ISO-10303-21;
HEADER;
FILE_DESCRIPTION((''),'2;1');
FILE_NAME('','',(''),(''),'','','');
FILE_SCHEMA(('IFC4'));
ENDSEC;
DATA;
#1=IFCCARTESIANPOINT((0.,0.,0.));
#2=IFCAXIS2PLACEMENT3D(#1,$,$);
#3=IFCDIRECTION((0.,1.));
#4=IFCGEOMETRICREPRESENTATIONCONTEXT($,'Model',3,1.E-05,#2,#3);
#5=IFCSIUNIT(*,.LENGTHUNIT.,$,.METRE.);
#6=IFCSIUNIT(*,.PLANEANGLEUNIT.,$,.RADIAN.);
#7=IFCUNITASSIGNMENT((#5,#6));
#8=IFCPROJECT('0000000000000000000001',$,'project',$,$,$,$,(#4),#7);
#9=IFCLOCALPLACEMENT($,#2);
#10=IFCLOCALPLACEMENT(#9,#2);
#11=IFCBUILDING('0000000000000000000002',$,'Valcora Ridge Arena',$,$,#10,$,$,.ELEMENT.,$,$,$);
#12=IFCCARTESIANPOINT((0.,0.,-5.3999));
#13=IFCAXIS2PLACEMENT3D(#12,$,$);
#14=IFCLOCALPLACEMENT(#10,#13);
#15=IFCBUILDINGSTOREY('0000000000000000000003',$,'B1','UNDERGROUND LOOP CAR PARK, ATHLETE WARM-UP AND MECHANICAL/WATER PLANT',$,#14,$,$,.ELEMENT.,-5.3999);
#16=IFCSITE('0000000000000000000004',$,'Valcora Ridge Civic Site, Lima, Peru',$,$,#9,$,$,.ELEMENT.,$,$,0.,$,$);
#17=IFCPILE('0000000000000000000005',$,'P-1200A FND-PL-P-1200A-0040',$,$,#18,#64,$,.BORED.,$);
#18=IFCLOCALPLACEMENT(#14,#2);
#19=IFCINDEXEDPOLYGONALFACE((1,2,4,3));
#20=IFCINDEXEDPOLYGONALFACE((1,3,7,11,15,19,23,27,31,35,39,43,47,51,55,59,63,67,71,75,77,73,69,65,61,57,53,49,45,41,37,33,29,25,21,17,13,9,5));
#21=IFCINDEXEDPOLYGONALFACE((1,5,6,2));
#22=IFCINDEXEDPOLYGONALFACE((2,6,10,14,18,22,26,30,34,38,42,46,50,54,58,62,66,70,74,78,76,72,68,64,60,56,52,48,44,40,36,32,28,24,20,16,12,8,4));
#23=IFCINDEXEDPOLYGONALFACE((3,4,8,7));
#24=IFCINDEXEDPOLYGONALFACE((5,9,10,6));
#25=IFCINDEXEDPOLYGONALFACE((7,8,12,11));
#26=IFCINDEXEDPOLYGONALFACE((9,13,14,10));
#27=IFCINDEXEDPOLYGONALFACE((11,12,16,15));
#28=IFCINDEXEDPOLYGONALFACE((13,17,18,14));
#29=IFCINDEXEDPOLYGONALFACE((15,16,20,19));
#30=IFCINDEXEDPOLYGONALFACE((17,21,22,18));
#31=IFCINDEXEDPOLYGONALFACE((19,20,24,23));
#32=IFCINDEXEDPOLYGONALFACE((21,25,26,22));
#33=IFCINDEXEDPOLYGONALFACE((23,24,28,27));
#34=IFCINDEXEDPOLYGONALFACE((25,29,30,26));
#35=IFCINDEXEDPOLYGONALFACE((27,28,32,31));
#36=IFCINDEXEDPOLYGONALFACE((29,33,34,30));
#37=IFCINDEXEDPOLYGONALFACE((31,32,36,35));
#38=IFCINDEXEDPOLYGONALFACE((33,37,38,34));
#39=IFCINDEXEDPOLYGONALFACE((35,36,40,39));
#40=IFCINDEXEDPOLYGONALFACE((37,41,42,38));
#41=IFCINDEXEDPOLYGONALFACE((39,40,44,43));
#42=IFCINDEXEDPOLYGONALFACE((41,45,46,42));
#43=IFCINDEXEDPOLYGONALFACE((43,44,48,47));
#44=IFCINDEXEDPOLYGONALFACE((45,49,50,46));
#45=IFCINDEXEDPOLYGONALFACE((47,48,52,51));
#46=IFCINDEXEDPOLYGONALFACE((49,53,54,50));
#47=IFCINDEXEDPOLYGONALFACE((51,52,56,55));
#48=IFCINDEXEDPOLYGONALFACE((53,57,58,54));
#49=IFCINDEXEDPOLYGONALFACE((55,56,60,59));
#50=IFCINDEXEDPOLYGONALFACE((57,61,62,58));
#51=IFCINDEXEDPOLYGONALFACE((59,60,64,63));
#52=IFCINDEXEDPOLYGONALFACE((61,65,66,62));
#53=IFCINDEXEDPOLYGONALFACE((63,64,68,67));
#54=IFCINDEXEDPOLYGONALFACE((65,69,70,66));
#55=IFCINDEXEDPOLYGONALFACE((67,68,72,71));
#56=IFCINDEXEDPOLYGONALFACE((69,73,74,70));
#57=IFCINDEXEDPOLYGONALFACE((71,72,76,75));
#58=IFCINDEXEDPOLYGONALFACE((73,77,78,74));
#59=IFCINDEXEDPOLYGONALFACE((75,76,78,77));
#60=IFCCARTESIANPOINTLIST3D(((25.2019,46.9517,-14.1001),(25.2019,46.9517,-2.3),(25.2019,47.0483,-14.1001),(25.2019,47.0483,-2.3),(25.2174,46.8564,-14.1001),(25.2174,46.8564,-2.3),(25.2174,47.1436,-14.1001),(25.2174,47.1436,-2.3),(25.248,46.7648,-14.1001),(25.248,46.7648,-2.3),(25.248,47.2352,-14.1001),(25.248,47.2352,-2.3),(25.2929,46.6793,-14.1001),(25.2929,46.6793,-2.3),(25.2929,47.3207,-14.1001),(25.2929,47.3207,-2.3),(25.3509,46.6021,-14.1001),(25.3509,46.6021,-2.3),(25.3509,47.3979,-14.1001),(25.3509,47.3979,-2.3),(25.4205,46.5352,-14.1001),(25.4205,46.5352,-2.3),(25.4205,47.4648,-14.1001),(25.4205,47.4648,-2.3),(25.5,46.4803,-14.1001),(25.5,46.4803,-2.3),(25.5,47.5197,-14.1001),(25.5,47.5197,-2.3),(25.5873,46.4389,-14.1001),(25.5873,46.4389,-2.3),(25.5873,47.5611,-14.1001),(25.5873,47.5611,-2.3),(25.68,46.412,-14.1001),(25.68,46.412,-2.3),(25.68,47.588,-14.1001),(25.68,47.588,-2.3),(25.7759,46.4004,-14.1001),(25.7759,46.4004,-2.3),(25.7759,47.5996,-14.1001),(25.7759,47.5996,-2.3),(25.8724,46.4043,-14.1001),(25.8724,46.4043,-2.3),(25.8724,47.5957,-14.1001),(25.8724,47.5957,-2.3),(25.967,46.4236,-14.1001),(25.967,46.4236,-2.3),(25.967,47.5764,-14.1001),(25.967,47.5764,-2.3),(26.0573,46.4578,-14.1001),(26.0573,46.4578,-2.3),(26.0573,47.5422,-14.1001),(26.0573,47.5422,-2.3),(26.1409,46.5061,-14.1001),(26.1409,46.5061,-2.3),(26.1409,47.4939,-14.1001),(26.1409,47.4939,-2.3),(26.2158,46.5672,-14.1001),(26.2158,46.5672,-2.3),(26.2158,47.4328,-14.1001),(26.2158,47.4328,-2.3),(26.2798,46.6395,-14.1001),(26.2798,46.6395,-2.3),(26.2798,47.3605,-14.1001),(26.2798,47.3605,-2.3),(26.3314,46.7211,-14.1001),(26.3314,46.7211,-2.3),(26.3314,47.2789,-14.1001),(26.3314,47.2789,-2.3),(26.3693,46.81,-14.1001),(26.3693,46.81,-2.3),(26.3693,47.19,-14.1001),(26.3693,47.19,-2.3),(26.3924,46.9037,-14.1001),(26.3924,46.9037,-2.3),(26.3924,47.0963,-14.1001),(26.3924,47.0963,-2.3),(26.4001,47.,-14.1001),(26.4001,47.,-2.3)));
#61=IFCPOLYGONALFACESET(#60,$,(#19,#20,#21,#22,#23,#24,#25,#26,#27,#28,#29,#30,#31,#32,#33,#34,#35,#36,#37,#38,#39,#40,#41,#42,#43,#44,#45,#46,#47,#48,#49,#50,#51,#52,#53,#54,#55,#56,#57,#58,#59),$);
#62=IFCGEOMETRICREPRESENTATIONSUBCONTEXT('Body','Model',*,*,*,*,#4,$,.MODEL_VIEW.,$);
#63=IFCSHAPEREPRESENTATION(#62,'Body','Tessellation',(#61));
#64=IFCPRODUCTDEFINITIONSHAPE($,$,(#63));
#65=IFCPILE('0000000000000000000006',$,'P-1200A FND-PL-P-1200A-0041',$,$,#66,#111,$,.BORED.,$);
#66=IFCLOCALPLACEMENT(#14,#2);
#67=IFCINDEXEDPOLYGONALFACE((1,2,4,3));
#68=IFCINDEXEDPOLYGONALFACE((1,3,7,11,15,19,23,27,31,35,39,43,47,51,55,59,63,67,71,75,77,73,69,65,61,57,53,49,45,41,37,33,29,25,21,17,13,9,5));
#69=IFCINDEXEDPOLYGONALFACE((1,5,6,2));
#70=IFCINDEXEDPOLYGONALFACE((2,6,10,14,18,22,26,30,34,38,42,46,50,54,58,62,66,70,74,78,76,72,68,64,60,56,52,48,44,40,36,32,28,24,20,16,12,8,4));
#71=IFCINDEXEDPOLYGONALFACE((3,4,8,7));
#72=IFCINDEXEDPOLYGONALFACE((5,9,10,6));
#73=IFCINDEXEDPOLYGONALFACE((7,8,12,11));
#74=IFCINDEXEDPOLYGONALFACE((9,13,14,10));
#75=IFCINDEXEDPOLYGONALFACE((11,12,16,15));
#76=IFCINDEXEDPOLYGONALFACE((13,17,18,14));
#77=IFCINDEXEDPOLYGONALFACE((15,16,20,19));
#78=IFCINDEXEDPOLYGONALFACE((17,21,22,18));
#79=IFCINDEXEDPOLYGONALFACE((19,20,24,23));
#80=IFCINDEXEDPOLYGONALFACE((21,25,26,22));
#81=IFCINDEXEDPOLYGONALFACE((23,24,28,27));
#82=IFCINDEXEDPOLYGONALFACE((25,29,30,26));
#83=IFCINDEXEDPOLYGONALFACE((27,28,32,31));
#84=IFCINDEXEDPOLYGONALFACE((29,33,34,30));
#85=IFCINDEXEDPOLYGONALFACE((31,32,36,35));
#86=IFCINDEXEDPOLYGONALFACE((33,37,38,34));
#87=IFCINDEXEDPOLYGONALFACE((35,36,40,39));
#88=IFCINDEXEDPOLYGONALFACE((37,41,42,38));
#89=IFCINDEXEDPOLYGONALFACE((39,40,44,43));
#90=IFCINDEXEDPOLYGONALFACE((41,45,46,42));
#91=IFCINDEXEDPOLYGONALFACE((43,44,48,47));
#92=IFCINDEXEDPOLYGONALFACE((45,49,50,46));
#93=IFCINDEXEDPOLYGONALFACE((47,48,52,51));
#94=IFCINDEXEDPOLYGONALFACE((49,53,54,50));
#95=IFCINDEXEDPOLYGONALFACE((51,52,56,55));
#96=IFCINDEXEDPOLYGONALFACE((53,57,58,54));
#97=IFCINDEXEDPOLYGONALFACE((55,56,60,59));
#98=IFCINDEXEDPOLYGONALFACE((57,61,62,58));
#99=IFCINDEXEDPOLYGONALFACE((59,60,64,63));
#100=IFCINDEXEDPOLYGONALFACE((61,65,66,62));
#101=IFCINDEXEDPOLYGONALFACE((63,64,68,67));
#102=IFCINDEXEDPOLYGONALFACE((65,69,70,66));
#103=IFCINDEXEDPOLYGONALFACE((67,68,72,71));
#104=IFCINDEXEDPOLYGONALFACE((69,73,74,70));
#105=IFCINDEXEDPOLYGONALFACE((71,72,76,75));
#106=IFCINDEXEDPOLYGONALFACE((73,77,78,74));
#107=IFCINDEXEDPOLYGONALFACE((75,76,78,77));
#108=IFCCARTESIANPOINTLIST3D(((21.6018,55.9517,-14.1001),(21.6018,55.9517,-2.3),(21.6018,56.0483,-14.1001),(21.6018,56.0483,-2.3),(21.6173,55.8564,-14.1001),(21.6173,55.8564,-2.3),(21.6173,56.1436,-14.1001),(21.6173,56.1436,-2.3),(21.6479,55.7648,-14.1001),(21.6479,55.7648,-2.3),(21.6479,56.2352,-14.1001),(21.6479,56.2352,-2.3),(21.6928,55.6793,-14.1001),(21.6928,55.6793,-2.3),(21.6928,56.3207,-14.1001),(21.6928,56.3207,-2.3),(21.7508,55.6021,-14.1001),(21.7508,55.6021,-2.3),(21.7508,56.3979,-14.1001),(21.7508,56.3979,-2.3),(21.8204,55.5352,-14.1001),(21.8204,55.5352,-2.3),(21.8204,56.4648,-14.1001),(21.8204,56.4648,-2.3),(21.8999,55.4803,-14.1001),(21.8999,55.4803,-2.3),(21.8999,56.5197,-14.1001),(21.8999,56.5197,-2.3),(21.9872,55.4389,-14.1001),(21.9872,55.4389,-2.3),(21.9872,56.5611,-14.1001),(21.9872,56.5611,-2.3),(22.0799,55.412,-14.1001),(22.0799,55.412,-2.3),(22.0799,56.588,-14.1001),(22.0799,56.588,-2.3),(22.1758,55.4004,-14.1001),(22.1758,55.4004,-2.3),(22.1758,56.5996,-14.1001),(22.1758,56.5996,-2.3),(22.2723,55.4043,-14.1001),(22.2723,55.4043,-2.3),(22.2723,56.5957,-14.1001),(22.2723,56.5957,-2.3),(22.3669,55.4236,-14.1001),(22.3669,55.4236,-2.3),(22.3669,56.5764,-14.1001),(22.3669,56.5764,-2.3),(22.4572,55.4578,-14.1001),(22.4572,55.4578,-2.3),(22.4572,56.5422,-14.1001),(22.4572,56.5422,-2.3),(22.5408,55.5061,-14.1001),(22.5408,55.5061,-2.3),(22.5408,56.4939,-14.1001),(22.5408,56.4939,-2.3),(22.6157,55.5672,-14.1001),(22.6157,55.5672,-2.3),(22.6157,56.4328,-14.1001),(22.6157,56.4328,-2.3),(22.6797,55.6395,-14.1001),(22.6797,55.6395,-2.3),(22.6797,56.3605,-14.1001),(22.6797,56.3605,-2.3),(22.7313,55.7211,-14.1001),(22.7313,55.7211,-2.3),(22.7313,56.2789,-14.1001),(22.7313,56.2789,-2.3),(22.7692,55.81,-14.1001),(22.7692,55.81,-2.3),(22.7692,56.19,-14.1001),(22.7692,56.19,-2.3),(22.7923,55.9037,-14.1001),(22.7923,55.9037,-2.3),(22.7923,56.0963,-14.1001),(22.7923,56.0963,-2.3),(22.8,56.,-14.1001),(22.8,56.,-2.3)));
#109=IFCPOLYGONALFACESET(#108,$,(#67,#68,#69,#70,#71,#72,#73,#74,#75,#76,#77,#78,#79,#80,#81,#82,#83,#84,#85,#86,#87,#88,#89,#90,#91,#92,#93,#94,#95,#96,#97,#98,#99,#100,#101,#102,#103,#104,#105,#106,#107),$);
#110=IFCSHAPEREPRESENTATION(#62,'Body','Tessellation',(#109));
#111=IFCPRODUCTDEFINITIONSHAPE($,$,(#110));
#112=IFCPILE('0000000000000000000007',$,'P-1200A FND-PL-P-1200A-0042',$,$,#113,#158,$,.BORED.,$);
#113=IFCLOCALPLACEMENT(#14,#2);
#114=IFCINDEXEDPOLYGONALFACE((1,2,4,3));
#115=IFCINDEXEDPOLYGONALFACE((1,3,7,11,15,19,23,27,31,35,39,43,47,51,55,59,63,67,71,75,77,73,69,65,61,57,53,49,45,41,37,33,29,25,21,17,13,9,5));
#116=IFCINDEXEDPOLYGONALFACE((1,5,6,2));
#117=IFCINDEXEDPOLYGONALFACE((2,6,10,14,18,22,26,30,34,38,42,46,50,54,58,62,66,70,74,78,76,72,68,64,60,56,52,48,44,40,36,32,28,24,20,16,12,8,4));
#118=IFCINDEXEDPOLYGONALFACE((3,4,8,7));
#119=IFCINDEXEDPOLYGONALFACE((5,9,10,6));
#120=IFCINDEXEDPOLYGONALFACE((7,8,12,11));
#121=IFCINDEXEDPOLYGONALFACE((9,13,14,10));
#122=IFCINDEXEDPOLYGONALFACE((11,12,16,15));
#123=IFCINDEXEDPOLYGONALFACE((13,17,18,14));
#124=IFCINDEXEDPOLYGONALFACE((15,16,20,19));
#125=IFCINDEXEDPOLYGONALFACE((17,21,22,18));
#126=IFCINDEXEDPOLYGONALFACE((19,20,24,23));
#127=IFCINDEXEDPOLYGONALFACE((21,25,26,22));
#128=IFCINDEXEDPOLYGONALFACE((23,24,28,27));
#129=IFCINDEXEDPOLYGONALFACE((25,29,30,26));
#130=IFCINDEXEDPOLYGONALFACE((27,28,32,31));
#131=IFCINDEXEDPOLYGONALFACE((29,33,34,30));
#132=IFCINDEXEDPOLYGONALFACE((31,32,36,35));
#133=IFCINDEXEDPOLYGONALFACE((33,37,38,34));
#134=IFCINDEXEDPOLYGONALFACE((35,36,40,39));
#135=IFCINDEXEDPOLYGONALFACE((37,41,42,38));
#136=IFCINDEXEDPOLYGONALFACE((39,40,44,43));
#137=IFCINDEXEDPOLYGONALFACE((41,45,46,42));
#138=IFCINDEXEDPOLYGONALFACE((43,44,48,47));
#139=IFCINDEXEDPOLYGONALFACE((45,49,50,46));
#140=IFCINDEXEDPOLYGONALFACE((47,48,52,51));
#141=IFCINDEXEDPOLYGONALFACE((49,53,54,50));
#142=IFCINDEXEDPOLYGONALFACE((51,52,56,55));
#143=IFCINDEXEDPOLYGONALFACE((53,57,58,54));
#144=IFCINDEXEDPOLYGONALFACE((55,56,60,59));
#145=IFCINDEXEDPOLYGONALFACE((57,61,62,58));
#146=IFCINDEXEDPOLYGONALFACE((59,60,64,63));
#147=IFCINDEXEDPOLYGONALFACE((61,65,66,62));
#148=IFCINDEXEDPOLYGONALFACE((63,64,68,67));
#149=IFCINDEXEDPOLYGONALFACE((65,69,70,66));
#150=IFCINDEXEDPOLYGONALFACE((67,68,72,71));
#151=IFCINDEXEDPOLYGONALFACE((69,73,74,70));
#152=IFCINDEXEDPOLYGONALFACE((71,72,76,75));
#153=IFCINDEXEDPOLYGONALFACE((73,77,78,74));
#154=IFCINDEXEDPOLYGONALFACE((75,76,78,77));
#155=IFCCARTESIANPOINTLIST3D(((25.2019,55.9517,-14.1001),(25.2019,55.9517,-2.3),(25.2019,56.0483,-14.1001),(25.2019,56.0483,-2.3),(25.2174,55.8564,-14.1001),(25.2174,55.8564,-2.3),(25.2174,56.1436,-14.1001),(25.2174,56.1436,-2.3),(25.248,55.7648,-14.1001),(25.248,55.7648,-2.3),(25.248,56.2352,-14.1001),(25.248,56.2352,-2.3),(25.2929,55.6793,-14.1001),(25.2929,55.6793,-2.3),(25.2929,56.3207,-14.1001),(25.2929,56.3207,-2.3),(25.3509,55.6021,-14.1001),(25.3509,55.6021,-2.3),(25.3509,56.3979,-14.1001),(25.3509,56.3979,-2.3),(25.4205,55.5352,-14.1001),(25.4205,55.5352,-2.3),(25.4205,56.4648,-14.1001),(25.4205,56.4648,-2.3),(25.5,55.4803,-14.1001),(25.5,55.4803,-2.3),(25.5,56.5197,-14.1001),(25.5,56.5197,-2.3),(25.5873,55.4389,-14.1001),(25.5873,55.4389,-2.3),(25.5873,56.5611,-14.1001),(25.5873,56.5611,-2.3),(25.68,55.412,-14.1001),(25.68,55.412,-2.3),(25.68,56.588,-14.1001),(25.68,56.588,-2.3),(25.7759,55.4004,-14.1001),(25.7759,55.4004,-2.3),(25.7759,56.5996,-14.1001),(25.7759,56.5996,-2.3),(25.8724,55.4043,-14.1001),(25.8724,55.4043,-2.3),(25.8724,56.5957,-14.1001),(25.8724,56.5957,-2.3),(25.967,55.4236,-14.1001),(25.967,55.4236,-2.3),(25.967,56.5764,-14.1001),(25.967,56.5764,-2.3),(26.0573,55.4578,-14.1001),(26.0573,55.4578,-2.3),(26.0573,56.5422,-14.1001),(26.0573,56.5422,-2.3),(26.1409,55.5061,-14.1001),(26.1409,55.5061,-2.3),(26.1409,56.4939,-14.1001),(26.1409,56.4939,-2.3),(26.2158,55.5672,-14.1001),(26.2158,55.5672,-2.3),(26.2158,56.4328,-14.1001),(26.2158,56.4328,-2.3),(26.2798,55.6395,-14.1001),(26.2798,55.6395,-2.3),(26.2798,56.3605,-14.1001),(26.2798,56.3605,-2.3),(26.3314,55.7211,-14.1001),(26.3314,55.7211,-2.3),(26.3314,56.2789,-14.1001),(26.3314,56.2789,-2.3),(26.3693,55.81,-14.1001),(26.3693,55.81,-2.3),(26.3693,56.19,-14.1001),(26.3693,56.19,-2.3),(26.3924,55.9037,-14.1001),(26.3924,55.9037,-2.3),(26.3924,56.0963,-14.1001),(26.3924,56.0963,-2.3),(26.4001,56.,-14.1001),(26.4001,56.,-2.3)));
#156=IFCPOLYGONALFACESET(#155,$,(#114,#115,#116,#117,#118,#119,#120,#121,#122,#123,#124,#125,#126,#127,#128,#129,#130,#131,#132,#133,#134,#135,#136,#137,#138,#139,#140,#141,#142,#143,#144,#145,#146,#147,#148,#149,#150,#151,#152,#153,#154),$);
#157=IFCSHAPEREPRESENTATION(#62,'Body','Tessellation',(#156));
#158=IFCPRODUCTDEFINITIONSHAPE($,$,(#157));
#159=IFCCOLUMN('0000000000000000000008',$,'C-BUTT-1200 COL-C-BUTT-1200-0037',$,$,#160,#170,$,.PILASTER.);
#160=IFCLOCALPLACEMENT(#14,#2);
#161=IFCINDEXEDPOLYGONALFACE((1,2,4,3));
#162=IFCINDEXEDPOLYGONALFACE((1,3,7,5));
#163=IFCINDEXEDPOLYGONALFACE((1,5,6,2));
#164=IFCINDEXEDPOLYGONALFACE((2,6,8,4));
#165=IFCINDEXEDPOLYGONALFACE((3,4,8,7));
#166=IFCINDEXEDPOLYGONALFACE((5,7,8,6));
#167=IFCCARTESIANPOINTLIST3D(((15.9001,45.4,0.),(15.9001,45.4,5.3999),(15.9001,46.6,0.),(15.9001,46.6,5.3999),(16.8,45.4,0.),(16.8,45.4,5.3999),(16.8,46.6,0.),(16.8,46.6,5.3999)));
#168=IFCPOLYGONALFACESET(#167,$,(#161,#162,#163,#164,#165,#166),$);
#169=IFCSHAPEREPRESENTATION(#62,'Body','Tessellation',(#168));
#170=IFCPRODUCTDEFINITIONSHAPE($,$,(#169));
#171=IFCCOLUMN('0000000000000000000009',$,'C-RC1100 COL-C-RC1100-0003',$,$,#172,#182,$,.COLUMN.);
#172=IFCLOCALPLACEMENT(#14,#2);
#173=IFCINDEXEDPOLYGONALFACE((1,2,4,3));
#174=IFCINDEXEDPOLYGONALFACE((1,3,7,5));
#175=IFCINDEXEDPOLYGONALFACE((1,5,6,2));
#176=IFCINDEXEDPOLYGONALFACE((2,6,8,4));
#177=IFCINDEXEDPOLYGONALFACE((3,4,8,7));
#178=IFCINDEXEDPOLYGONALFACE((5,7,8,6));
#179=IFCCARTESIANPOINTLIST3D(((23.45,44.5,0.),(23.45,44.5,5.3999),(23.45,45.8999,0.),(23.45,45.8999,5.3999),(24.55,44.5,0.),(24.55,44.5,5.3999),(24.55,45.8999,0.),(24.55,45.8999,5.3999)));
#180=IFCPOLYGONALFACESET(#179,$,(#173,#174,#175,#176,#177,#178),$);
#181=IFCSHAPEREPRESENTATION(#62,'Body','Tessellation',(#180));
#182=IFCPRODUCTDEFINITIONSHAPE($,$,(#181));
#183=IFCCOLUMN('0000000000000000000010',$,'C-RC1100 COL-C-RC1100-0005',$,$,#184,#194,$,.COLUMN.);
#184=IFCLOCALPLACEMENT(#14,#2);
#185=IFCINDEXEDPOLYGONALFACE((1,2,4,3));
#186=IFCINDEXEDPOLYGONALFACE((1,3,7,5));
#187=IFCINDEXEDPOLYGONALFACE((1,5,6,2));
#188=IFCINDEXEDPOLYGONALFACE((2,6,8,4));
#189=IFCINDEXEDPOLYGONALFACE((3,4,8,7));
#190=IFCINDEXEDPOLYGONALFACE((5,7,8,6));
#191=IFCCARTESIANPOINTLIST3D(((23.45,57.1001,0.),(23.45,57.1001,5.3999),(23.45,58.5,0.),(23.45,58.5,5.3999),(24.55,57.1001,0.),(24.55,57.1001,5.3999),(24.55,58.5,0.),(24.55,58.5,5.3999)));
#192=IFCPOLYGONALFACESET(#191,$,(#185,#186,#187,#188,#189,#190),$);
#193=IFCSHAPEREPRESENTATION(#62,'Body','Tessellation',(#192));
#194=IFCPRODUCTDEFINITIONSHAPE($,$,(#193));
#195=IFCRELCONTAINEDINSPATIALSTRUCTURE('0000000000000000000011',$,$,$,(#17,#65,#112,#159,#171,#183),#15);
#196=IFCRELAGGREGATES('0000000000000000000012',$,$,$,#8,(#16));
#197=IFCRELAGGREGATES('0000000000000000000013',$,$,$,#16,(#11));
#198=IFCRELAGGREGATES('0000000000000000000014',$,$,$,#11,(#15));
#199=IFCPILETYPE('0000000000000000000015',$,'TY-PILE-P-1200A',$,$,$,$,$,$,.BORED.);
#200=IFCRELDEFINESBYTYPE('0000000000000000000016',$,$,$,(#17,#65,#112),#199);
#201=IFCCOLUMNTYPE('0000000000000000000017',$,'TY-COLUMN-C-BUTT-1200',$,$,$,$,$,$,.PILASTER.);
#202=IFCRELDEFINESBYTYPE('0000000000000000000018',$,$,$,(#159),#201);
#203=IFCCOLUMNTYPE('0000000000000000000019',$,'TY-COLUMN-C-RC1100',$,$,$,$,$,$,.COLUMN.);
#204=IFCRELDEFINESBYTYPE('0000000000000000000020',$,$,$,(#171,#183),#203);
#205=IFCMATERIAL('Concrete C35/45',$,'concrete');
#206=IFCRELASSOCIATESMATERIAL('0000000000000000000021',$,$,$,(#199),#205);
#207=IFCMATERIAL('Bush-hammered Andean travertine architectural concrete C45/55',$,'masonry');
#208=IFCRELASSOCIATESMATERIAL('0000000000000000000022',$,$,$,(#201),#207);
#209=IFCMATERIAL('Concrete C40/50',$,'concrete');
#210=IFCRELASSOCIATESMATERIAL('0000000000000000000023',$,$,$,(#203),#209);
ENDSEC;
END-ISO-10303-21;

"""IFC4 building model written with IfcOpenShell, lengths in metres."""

from ifc_helpers import new_model, si_unit, direction, frame, origin, origin_2d, place, context, subcontext, project, spatial, rectangle, circle, extrude, material, material_profile, profile_set, type_object, element, save


model = new_model("IFC4")

# Units and contexts
model_context = context("Model", 3, precision=1e-05, world=origin(), true_north=direction((0.0, 1.0)))
body_context = subcontext(model_context, "Body", "Model", "MODEL_VIEW")
ifc_project = project(units=[si_unit("LENGTHUNIT", "METRE"), si_unit("PLANEANGLEUNIT", "RADIAN")], contexts=[model_context])

# Site, building, storey
site_placement = place(None, origin())
site = spatial("IfcSite", under=ifc_project, at=site_placement, Name="Valcora Ridge Civic Site, Lima, Peru", CompositionType="ELEMENT", RefElevation=0.0)
building_placement = place(site_placement, origin())
building = spatial("IfcBuilding", under=site, at=building_placement, Name="Valcora Ridge Arena", CompositionType="ELEMENT")
storey_placement = place(building_placement, frame((0.0, 0.0, -5.3999)))
storey = spatial("IfcBuildingStorey", under=building, at=storey_placement, Name="B1", Description="UNDERGROUND LOOP CAR PARK, ATHLETE WARM-UP AND MECHANICAL/WATER PLANT", CompositionType="ELEMENT", Elevation=-5.3999)

# Shared definitions
ifc_material_1 = material(Name="Concrete C40/50", Category="concrete")

# Piles
ifc_material_2 = material(Name="Concrete C35/45", Category="concrete")
ifc_material_profile_1 = material_profile(ifc_material_2, circle(Radius=0.6001, at=origin_2d()), Name="BORED PILE D1200")
ifc_profile_set_1 = profile_set([ifc_material_profile_1], Name="Concrete C35/45")
pile_type_1 = type_object("IfcPileType", Name="TY-PILE-P-1200A", PredefinedType="BORED", material=ifc_profile_set_1)
for number, where, z_axis, x_axis, name in (
    (1, (25.8, 47.0, -2.3), (0.0, 0.0, -1.0), (1.0, 0.0, 0.0), "P-1200A FND-PL-P-1200A-0040"),
    (2, (22.2, 56.0, -2.3), (0.0, 0.0, -1.0), (1.0, 0.0, 0.0), "P-1200A FND-PL-P-1200A-0041"),
    (3, (25.8, 56.0, -2.3), (0.0, 0.0, -1.0), (1.0, 0.0, 0.0), "P-1200A FND-PL-P-1200A-0042"),
):
    element("IfcPile", number, at=place(storey_placement, frame(where, z_axis=z_axis, x_axis=x_axis)), inside=storey, type_object=pile_type_1, Name=name, PredefinedType="BORED", context=body_context, shape_type="SweptSolid", body=[
        extrude(circle(Radius=0.6001, at=origin_2d()), origin(), (0.0, 0.0, 1.0), 11.8),
    ])

# Columns
ifc_material_3 = material(Name="Bush-hammered Andean travertine architectural concrete C45/55", Category="masonry")
ifc_material_profile_2 = material_profile(ifc_material_3, rectangle(XDim=0.8999, YDim=1.2, at=origin_2d()), Name="RC 900x1200")
ifc_profile_set_2 = profile_set([ifc_material_profile_2], Name="Bush-hammered Andean travertine architectural concrete C45/55")
column_type_1 = type_object("IfcColumnType", Name="TY-COLUMN-C-BUTT-1200", PredefinedType="PILASTER", material=ifc_profile_set_2)
column_1_placement = place(storey_placement, frame((16.3501, 46.0, 0.0), z_axis=(0.0, 0.0, 1.0), x_axis=(1.0, 0.0, 0.0)))
element("IfcColumn", 4, at=column_1_placement, inside=storey, type_object=column_type_1, Name="C-BUTT-1200 COL-C-BUTT-1200-0037", PredefinedType="PILASTER", context=body_context, shape_type="SweptSolid", body=[
    extrude(rectangle(XDim=0.8999, YDim=1.2, at=origin_2d()), origin(), (0.0, 0.0, 1.0), 5.3999),
])
ifc_material_profile_3 = material_profile(ifc_material_1, rectangle(XDim=1.1001, YDim=1.3999, at=origin_2d()), Name="RC 1100x1400")
ifc_profile_set_3 = profile_set([ifc_material_profile_3], Name="Concrete C40/50")
column_type_2 = type_object("IfcColumnType", Name="TY-COLUMN-C-RC1100", PredefinedType="COLUMN", material=ifc_profile_set_3)
for number, where, z_axis, x_axis, name in (
    (5, (24.0, 45.2, 0.0), (0.0, 0.0, 1.0), (1.0, 0.0, 0.0), "C-RC1100 COL-C-RC1100-0003"),
    (6, (24.0, 57.8, 0.0), (0.0, 0.0, 1.0), (1.0, 0.0, 0.0), "C-RC1100 COL-C-RC1100-0005"),
):
    element("IfcColumn", number, at=place(storey_placement, frame(where, z_axis=z_axis, x_axis=x_axis)), inside=storey, type_object=column_type_2, Name=name, PredefinedType="COLUMN", context=body_context, shape_type="SweptSolid", body=[
        extrude(rectangle(XDim=1.1001, YDim=1.3999, at=origin_2d()), origin(), (0.0, 0.0, 1.0), 5.3999),
    ])

save(model, "model.ifc")
